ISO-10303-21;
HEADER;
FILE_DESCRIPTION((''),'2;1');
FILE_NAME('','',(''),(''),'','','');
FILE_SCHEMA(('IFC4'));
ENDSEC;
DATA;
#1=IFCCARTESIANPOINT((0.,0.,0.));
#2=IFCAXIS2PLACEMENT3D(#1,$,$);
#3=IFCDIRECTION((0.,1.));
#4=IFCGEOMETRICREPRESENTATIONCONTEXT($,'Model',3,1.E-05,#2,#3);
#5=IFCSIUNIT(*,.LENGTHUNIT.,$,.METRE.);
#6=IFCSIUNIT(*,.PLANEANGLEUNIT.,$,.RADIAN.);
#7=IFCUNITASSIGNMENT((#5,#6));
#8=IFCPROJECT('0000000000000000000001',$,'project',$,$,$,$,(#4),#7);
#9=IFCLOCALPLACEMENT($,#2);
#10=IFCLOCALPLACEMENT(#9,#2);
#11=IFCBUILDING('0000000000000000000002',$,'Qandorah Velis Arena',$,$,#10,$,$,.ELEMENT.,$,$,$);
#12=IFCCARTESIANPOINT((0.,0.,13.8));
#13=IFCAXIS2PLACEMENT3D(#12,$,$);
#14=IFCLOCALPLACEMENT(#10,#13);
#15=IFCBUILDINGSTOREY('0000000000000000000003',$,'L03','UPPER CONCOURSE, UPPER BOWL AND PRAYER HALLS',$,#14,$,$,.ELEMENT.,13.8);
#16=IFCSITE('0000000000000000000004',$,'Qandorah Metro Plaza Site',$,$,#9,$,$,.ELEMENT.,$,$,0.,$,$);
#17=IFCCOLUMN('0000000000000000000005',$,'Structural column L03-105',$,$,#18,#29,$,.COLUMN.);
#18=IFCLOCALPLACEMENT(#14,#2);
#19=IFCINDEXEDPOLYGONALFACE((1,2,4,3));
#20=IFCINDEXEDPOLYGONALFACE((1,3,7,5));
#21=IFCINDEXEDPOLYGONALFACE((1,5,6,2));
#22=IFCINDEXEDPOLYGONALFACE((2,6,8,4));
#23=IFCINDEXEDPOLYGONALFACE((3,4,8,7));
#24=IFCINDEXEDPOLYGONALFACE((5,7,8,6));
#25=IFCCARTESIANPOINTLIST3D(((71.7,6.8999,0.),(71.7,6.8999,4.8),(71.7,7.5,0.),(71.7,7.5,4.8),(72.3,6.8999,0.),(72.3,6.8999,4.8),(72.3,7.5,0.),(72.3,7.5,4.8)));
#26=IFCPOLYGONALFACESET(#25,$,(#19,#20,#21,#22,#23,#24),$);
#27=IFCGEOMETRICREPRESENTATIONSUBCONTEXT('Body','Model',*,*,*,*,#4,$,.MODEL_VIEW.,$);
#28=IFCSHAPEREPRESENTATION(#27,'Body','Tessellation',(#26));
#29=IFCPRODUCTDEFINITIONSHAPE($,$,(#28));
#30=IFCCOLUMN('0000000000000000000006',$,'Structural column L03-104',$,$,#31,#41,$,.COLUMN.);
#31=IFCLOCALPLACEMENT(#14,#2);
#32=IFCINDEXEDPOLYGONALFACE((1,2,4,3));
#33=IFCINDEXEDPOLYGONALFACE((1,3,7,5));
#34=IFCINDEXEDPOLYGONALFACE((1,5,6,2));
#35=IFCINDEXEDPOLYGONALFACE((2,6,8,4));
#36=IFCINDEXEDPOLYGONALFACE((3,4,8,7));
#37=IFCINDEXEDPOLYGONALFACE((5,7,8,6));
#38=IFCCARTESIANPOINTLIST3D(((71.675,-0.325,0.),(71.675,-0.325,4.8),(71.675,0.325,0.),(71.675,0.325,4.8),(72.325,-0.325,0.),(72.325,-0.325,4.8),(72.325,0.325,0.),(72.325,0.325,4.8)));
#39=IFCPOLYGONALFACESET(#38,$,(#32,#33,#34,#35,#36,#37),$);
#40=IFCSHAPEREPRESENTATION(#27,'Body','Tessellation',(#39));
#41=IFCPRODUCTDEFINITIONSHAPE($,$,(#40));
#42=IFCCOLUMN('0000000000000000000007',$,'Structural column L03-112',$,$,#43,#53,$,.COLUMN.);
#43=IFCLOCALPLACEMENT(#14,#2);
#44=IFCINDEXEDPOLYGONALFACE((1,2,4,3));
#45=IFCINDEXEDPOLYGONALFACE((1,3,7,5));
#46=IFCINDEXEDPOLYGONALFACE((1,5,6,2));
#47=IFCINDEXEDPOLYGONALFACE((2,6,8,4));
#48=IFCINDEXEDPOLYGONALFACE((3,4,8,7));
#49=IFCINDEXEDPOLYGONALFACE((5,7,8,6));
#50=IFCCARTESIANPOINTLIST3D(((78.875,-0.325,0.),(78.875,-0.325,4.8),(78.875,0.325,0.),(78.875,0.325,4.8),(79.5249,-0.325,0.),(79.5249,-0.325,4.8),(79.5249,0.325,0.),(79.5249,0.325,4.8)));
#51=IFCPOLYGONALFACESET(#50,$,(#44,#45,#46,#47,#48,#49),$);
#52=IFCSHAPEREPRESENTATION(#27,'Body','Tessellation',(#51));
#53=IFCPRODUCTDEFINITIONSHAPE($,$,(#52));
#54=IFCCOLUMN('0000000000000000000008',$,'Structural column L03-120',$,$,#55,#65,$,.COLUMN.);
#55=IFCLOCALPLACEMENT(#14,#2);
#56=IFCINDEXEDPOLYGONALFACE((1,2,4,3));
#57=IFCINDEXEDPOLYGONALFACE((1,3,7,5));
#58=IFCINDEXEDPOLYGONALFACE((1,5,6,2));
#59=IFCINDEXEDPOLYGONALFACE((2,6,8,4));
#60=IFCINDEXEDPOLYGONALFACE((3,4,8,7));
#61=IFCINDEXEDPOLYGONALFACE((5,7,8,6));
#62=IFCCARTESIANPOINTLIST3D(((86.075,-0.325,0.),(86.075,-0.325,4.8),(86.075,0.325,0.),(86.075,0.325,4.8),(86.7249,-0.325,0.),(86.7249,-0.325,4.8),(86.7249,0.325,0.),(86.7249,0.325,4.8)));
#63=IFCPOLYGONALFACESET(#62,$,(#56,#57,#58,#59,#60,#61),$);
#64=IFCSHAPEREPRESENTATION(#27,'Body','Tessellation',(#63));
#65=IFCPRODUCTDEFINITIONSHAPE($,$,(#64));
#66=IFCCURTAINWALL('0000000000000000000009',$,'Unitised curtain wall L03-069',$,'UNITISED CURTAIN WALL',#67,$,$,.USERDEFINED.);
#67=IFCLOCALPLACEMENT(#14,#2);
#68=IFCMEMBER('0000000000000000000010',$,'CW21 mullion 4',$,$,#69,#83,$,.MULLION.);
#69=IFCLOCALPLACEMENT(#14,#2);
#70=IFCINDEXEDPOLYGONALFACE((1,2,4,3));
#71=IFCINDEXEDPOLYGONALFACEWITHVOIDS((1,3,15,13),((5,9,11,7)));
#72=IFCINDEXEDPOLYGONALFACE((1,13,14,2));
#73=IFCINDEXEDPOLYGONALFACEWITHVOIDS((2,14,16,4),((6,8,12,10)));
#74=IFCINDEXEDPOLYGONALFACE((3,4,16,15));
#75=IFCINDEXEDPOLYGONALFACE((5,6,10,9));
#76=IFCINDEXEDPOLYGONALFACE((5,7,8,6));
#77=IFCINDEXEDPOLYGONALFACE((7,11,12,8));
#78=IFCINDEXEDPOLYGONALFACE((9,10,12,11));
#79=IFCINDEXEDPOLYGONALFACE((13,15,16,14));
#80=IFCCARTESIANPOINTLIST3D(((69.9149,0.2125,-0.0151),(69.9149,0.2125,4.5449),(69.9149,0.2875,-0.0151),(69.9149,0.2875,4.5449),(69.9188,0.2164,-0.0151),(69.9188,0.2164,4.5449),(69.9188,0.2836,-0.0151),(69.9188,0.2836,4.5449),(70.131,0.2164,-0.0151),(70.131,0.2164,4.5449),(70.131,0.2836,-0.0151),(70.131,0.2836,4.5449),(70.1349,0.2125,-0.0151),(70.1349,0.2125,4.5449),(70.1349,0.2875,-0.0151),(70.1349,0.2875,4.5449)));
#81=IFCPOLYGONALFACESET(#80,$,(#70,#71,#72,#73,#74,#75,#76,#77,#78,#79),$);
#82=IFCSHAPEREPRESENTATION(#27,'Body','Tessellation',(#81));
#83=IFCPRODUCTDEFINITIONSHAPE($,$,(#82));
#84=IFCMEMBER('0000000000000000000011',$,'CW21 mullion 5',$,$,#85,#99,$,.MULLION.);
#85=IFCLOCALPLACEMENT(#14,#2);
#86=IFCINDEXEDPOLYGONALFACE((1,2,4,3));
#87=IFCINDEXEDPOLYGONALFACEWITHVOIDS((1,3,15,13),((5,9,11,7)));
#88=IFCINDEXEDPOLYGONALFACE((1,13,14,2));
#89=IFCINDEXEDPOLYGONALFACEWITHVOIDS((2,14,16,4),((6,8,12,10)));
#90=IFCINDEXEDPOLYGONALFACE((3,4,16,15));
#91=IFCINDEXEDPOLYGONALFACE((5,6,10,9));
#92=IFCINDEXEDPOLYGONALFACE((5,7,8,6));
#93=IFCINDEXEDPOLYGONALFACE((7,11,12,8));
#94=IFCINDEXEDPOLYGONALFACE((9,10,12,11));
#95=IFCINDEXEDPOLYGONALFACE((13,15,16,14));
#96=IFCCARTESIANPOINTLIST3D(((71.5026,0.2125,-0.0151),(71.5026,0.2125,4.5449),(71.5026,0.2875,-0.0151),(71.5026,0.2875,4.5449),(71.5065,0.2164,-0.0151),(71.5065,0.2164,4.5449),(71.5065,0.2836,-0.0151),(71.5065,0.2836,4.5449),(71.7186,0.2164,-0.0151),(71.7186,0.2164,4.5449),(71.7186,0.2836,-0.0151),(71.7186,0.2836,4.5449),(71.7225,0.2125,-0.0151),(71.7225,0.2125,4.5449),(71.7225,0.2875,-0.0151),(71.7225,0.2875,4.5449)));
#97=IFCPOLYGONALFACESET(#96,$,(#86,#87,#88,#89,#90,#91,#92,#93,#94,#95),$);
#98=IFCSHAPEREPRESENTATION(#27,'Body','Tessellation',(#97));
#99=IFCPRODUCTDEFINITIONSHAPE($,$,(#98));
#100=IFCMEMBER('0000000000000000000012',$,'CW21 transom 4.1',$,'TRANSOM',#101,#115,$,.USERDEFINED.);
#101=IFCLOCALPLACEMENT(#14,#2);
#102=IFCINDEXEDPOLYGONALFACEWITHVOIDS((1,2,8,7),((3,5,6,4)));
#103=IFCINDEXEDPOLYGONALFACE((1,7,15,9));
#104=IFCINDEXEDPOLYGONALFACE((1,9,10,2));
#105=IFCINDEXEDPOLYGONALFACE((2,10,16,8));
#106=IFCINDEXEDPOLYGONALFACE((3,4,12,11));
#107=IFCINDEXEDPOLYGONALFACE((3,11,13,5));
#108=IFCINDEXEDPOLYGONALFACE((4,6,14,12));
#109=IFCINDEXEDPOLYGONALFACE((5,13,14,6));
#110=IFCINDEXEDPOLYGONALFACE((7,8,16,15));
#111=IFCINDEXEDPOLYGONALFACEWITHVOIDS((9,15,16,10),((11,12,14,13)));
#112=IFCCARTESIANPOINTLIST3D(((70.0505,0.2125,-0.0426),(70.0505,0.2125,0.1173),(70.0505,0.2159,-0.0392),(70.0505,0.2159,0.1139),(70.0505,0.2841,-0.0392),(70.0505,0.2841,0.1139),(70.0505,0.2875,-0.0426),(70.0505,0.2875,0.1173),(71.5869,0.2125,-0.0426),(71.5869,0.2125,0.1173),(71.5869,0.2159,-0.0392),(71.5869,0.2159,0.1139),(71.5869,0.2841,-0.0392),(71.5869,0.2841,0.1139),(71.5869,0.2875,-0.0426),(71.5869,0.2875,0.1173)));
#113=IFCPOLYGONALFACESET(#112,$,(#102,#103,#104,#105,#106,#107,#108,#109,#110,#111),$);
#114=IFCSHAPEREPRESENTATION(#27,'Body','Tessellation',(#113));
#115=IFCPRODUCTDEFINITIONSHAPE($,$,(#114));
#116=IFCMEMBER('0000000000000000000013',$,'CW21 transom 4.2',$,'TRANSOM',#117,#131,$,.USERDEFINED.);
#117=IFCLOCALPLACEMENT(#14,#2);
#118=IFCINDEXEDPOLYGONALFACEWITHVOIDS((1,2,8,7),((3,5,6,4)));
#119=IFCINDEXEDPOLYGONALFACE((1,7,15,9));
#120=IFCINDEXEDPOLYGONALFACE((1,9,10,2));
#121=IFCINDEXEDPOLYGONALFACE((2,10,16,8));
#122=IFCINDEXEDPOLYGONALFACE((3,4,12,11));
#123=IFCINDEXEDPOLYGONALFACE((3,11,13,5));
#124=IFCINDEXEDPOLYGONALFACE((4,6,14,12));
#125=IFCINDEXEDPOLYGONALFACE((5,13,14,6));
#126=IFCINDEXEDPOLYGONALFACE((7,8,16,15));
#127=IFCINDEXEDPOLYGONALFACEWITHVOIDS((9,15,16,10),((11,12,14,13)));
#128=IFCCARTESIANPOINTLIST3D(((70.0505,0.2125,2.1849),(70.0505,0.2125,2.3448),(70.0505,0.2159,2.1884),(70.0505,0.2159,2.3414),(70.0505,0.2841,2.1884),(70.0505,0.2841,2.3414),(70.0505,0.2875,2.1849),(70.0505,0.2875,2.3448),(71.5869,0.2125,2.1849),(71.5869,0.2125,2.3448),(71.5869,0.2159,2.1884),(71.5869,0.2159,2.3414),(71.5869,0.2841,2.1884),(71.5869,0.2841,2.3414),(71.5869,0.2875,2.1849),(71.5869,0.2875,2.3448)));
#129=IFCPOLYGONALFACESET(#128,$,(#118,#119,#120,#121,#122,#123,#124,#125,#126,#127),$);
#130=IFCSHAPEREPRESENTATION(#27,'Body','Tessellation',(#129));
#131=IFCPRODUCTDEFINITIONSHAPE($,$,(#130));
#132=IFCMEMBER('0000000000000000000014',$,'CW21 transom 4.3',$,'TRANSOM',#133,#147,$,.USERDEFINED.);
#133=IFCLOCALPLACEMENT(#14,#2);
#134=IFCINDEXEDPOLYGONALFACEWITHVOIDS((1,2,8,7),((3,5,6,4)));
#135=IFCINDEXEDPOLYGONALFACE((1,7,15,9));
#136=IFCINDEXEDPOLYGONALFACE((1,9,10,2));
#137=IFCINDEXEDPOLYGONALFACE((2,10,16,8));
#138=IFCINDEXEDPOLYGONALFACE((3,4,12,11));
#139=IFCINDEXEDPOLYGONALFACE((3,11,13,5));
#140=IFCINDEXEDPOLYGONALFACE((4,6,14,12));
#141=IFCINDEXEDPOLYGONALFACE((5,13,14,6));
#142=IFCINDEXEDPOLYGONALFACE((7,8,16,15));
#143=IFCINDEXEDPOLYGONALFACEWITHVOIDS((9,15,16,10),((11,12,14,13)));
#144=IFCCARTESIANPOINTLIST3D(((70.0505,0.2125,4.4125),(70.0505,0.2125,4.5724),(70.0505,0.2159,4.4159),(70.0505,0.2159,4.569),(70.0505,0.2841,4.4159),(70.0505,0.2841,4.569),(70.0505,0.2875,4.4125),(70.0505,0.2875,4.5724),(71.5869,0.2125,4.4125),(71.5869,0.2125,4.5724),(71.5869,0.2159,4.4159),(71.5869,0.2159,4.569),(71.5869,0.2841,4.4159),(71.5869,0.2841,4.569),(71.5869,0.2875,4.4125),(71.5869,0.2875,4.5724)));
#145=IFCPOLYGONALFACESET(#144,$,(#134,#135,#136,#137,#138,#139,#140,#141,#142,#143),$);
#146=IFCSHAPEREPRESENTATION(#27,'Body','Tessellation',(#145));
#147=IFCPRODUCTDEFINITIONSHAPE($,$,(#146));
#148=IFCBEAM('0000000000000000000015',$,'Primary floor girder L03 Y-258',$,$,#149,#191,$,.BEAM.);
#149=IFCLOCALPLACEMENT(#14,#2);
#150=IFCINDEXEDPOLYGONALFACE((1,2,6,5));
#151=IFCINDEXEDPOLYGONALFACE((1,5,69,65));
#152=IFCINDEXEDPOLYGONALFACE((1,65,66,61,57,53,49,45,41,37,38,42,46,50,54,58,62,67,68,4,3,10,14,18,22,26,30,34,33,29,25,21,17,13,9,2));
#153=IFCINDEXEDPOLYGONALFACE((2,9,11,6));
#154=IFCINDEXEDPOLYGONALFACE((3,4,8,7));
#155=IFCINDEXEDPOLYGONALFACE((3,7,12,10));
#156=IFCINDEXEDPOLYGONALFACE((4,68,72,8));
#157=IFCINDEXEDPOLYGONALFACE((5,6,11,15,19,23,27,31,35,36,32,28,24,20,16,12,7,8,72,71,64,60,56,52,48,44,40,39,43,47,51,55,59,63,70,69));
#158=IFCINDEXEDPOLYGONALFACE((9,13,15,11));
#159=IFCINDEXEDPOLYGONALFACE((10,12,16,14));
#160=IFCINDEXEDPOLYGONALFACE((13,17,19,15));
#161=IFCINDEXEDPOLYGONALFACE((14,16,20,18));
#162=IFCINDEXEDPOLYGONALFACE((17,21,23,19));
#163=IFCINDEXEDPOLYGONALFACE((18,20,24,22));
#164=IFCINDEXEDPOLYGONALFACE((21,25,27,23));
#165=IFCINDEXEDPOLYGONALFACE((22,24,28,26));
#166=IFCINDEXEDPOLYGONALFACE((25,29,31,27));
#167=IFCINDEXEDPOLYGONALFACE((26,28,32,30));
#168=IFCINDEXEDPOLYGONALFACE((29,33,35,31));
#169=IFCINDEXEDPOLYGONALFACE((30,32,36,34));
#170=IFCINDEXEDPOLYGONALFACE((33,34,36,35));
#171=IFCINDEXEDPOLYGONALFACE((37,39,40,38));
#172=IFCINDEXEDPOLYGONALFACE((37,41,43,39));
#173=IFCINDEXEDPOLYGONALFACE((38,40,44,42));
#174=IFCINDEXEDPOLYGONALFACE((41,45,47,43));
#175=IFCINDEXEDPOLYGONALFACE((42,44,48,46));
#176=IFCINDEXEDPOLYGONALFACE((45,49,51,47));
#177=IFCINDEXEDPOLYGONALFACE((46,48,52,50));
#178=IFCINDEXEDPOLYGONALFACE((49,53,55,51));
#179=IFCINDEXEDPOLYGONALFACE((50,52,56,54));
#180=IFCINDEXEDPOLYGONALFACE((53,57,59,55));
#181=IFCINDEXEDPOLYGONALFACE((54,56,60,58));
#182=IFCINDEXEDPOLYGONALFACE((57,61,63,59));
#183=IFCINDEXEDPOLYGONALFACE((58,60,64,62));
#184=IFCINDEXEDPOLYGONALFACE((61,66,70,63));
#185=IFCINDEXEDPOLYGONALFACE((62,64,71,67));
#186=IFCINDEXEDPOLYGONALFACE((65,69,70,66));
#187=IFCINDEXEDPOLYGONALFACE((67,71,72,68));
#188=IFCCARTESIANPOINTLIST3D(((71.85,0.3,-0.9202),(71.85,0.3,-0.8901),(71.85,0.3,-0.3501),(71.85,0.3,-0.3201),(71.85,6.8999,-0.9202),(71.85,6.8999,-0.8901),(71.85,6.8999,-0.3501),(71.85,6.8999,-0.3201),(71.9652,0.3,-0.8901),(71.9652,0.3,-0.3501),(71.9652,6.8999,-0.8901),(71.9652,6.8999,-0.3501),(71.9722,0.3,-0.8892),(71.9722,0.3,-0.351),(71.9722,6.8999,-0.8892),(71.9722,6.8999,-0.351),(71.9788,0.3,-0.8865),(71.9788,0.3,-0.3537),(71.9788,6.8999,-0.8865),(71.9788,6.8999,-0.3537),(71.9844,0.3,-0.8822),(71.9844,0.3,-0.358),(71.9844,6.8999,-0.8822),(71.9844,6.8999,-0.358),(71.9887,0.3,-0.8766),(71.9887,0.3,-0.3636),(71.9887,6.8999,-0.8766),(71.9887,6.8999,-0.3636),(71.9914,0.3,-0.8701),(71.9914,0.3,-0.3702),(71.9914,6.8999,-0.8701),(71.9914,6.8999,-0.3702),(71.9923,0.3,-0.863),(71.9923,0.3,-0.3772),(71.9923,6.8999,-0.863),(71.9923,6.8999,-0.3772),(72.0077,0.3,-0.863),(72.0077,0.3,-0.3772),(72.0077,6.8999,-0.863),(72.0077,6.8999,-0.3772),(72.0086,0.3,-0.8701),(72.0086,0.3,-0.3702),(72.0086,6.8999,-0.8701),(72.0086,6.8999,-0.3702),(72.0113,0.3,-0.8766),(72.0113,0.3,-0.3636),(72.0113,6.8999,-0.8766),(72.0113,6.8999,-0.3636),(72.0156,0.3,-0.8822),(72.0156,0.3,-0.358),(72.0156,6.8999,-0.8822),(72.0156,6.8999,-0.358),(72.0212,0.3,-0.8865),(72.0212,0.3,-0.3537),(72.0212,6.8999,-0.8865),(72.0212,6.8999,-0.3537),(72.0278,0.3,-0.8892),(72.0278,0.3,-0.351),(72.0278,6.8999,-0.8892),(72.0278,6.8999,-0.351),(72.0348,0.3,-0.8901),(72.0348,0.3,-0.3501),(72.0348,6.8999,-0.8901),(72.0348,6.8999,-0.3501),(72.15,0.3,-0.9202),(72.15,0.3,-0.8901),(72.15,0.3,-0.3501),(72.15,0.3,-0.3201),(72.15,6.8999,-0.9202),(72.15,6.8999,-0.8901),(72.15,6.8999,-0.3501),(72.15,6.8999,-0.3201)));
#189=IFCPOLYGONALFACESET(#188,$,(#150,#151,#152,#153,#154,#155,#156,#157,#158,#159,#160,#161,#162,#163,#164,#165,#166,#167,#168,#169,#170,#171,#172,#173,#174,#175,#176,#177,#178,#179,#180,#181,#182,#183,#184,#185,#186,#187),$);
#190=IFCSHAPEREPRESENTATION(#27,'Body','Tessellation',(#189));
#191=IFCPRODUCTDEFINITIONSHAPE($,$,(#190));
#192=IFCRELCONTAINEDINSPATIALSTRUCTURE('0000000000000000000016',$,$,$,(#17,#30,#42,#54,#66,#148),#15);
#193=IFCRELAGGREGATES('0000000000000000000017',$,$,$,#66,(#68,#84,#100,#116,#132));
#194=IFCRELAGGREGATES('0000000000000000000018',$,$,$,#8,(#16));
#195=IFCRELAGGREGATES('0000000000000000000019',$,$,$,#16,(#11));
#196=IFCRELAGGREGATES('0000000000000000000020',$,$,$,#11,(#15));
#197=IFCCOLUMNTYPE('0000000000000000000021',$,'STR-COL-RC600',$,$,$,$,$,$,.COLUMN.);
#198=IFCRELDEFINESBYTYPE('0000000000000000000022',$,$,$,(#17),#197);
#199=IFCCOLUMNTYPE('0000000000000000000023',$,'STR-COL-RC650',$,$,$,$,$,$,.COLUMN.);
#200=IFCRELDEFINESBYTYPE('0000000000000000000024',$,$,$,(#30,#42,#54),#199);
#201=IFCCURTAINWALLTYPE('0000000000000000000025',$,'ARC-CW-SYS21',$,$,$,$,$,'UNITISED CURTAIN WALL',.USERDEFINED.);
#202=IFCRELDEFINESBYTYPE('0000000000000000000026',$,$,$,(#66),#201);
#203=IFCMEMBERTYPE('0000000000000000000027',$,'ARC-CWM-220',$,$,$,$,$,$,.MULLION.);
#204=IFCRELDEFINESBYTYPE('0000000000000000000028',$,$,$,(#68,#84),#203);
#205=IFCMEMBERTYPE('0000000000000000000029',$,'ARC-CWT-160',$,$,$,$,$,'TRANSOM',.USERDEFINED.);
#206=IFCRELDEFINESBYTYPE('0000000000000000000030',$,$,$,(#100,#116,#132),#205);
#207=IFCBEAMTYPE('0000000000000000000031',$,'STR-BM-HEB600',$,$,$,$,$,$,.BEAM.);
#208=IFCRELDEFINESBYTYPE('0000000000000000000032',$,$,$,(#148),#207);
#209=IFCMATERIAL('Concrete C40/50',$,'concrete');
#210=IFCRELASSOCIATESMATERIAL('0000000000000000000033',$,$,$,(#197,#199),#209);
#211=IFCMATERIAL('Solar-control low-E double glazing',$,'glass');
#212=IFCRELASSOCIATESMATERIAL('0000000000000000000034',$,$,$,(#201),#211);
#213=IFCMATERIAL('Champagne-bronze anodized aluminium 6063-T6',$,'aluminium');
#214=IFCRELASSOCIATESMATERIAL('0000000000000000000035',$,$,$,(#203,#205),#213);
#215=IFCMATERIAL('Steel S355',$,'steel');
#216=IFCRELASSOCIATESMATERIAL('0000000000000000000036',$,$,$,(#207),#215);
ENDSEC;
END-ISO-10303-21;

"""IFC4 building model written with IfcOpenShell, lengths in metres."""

from ifc_helpers import new_model, si_unit, direction, frame, origin, origin_2d, place, context, subcontext, project, spatial, rectangle, hollow_rectangle, i_section, extrude, material, material_profile, profile_set, type_object, element, aggregate, save


model = new_model("IFC4")

# Units and contexts
model_context = context("Model", 3, precision=1e-05, world=origin(), true_north=direction((0.0, 1.0)))
body_context = subcontext(model_context, "Body", "Model", "MODEL_VIEW")
ifc_project = project(units=[si_unit("LENGTHUNIT", "METRE"), si_unit("PLANEANGLEUNIT", "RADIAN")], contexts=[model_context])

# Site, building, storey
site_placement = place(None, origin())
site = spatial("IfcSite", under=ifc_project, at=site_placement, Name="Qandorah Metro Plaza Site", CompositionType="ELEMENT", RefElevation=0.0)
building_placement = place(site_placement, origin())
building = spatial("IfcBuilding", under=site, at=building_placement, Name="Qandorah Velis Arena", CompositionType="ELEMENT")
storey_placement = place(building_placement, frame((0.0, 0.0, 13.8)))
storey = spatial("IfcBuildingStorey", under=building, at=storey_placement, Name="L03", Description="UPPER CONCOURSE, UPPER BOWL AND PRAYER HALLS", CompositionType="ELEMENT", Elevation=13.8)

# Columns
ifc_material_1 = material(Name="Concrete C40/50", Category="concrete")
ifc_material_profile_1 = material_profile(ifc_material_1, rectangle(XDim=0.6001, YDim=0.6001, at=origin_2d()), Name="RC COL 600x600")
ifc_profile_set_1 = profile_set([ifc_material_profile_1], Name="Concrete C40/50")
column_type_1 = type_object("IfcColumnType", Name="STR-COL-RC600", PredefinedType="COLUMN", material=ifc_profile_set_1)
column_placement = place(storey_placement, frame((72.0, 7.2, 0.0), z_axis=(0.0, 0.0, 1.0), x_axis=(1.0, 0.0, 0.0)))
element("IfcColumn", 1, at=column_placement, inside=storey, type_object=column_type_1, Name="Structural column L03-105", PredefinedType="COLUMN", context=body_context, shape_type="SweptSolid", body=[
    extrude(rectangle(XDim=0.6001, YDim=0.6001, at=origin_2d()), origin(), (0.0, 0.0, 1.0), 4.8),
])
ifc_material_profile_2 = material_profile(ifc_material_1, rectangle(XDim=0.6499, YDim=0.6499, at=origin_2d()), Name="RC COL 650x650")
ifc_profile_set_2 = profile_set([ifc_material_profile_2], Name="Concrete C40/50")
column_type_2 = type_object("IfcColumnType", Name="STR-COL-RC650", PredefinedType="COLUMN", material=ifc_profile_set_2)
for number, where, z_axis, x_axis, name in (
    (2, (72.0, 0.0, 0.0), (0.0, 0.0, 1.0), (1.0, 0.0, 0.0), "Structural column L03-104"),
    (3, (79.2, 0.0, 0.0), (0.0, 0.0, 1.0), (1.0, 0.0, 0.0), "Structural column L03-112"),
    (4, (86.3999, 0.0, 0.0), (0.0, 0.0, 1.0), (1.0, 0.0, 0.0), "Structural column L03-120"),
):
    element("IfcColumn", number, at=place(storey_placement, frame(where, z_axis=z_axis, x_axis=x_axis)), inside=storey, type_object=column_type_2, Name=name, PredefinedType="COLUMN", context=body_context, shape_type="SweptSolid", body=[
        extrude(rectangle(XDim=0.6499, YDim=0.6499, at=origin_2d()), origin(), (0.0, 0.0, 1.0), 4.8),
    ])

# Curtain wall, members
ifc_material_2 = material(Name="Solar-control low-E double glazing", Category="glass")
curtain_wall_type = type_object("IfcCurtainWallType", Name="ARC-CW-SYS21", ElementType="UNITISED CURTAIN WALL", PredefinedType="USERDEFINED", material=ifc_material_2)
curtain_wall_placement = place(storey_placement, origin())
curtain_wall = element("IfcCurtainWall", 5, at=curtain_wall_placement, inside=storey, type_object=curtain_wall_type, Name="Unitised curtain wall L03-069", ObjectType="UNITISED CURTAIN WALL", PredefinedType="USERDEFINED")
ifc_material_3 = material(Name="Champagne-bronze anodized aluminium 6063-T6", Category="aluminium")
ifc_material_profile_3 = material_profile(ifc_material_3, hollow_rectangle(XDim=0.075, YDim=0.22, WallThickness=0.0039, at=origin_2d()), Name="ALU MULLION 75x220")
ifc_profile_set_3 = profile_set([ifc_material_profile_3], Name="Champagne-bronze anodized aluminium 6063-T6")
member_type_1 = type_object("IfcMemberType", Name="ARC-CWM-220", PredefinedType="MULLION", material=ifc_profile_set_3)
member_1_placement = place(storey_placement, frame((70.0249, 0.25, -0.0151), z_axis=(0.0, 0.0, 1.0), x_axis=(0.0, 1.0, 0.0)))
member_1 = element("IfcMember", 6, at=member_1_placement, type_object=member_type_1, Name="CW21 mullion 4", PredefinedType="MULLION", context=body_context, shape_type="SweptSolid", body=[
    extrude(hollow_rectangle(XDim=0.075, YDim=0.22, WallThickness=0.0039, at=origin_2d()), origin(), (0.0, 0.0, 1.0), 4.5601),
])
member_2_placement = place(storey_placement, frame((71.6125, 0.25, -0.0151), z_axis=(0.0, 0.0, 1.0), x_axis=(0.0, 1.0, 0.0)))
member_2 = element("IfcMember", 7, at=member_2_placement, type_object=member_type_1, Name="CW21 mullion 5", PredefinedType="MULLION", context=body_context, shape_type="SweptSolid", body=[
    extrude(hollow_rectangle(XDim=0.075, YDim=0.22, WallThickness=0.0039, at=origin_2d()), origin(), (0.0, 0.0, 1.0), 4.5601),
])
ifc_material_profile_4 = material_profile(ifc_material_3, hollow_rectangle(XDim=0.075, YDim=0.1599, WallThickness=0.0034, at=origin_2d()), Name="ALU TRANSOM 75x160")
ifc_profile_set_4 = profile_set([ifc_material_profile_4], Name="Champagne-bronze anodized aluminium 6063-T6")
member_type_2 = type_object("IfcMemberType", Name="ARC-CWT-160", ElementType="TRANSOM", PredefinedType="USERDEFINED", material=ifc_profile_set_4)
member_3_placement = place(storey_placement, frame((70.0505, 0.25, 0.0374), z_axis=(1.0, 0.0, 0.0), x_axis=(0.0, 1.0, 0.0)))
member_3 = element("IfcMember", 8, at=member_3_placement, type_object=member_type_2, Name="CW21 transom 4.1", ObjectType="TRANSOM", PredefinedType="USERDEFINED", context=body_context, shape_type="SweptSolid", body=[
    extrude(hollow_rectangle(XDim=0.075, YDim=0.1599, WallThickness=0.0034, at=origin_2d()), origin(), (0.0, 0.0, 1.0), 1.5364),
])
member_4_placement = place(storey_placement, frame((70.0505, 0.25, 2.2649), z_axis=(1.0, 0.0, 0.0), x_axis=(0.0, 1.0, 0.0)))
member_4 = element("IfcMember", 9, at=member_4_placement, type_object=member_type_2, Name="CW21 transom 4.2", ObjectType="TRANSOM", PredefinedType="USERDEFINED", context=body_context, shape_type="SweptSolid", body=[
    extrude(hollow_rectangle(XDim=0.075, YDim=0.1599, WallThickness=0.0034, at=origin_2d()), origin(), (0.0, 0.0, 1.0), 1.5364),
])
member_5_placement = place(storey_placement, frame((70.0505, 0.25, 4.4924), z_axis=(1.0, 0.0, 0.0), x_axis=(0.0, 1.0, 0.0)))
member_5 = element("IfcMember", 10, at=member_5_placement, type_object=member_type_2, Name="CW21 transom 4.3", ObjectType="TRANSOM", PredefinedType="USERDEFINED", context=body_context, shape_type="SweptSolid", body=[
    extrude(hollow_rectangle(XDim=0.075, YDim=0.1599, WallThickness=0.0034, at=origin_2d()), origin(), (0.0, 0.0, 1.0), 1.5364),
])

# Beam
ifc_material_4 = material(Name="Steel S355", Category="steel")
ifc_material_profile_5 = material_profile(ifc_material_4, i_section(OverallWidth=0.3, OverallDepth=0.6001, WebThickness=0.0154, FlangeThickness=0.03, FilletRadius=0.0271, at=origin_2d()), Name="HEB 600")
ifc_profile_set_5 = profile_set([ifc_material_profile_5], Name="Steel S355")
beam_type_1 = type_object("IfcBeamType", Name="STR-BM-HEB600", PredefinedType="BEAM", material=ifc_profile_set_5)
beam_1_placement = place(storey_placement, frame((72.0, 0.3, -0.6201), z_axis=(0.0, 1.0, 0.0), x_axis=(-1.0, 0.0, 0.0)))
element("IfcBeam", 11, at=beam_1_placement, inside=storey, type_object=beam_type_1, Name="Primary floor girder L03 Y-258", PredefinedType="BEAM", context=body_context, shape_type="SweptSolid", body=[
    extrude(i_section(OverallWidth=0.3, OverallDepth=0.6001, WebThickness=0.0154, FlangeThickness=0.03, FilletRadius=0.0271, at=origin_2d()), origin(), (0.0, 0.0, 1.0), 6.5999),
])

aggregate(curtain_wall, [member_1, member_2, member_3, member_4, member_5])

save(model, "model.ifc")
